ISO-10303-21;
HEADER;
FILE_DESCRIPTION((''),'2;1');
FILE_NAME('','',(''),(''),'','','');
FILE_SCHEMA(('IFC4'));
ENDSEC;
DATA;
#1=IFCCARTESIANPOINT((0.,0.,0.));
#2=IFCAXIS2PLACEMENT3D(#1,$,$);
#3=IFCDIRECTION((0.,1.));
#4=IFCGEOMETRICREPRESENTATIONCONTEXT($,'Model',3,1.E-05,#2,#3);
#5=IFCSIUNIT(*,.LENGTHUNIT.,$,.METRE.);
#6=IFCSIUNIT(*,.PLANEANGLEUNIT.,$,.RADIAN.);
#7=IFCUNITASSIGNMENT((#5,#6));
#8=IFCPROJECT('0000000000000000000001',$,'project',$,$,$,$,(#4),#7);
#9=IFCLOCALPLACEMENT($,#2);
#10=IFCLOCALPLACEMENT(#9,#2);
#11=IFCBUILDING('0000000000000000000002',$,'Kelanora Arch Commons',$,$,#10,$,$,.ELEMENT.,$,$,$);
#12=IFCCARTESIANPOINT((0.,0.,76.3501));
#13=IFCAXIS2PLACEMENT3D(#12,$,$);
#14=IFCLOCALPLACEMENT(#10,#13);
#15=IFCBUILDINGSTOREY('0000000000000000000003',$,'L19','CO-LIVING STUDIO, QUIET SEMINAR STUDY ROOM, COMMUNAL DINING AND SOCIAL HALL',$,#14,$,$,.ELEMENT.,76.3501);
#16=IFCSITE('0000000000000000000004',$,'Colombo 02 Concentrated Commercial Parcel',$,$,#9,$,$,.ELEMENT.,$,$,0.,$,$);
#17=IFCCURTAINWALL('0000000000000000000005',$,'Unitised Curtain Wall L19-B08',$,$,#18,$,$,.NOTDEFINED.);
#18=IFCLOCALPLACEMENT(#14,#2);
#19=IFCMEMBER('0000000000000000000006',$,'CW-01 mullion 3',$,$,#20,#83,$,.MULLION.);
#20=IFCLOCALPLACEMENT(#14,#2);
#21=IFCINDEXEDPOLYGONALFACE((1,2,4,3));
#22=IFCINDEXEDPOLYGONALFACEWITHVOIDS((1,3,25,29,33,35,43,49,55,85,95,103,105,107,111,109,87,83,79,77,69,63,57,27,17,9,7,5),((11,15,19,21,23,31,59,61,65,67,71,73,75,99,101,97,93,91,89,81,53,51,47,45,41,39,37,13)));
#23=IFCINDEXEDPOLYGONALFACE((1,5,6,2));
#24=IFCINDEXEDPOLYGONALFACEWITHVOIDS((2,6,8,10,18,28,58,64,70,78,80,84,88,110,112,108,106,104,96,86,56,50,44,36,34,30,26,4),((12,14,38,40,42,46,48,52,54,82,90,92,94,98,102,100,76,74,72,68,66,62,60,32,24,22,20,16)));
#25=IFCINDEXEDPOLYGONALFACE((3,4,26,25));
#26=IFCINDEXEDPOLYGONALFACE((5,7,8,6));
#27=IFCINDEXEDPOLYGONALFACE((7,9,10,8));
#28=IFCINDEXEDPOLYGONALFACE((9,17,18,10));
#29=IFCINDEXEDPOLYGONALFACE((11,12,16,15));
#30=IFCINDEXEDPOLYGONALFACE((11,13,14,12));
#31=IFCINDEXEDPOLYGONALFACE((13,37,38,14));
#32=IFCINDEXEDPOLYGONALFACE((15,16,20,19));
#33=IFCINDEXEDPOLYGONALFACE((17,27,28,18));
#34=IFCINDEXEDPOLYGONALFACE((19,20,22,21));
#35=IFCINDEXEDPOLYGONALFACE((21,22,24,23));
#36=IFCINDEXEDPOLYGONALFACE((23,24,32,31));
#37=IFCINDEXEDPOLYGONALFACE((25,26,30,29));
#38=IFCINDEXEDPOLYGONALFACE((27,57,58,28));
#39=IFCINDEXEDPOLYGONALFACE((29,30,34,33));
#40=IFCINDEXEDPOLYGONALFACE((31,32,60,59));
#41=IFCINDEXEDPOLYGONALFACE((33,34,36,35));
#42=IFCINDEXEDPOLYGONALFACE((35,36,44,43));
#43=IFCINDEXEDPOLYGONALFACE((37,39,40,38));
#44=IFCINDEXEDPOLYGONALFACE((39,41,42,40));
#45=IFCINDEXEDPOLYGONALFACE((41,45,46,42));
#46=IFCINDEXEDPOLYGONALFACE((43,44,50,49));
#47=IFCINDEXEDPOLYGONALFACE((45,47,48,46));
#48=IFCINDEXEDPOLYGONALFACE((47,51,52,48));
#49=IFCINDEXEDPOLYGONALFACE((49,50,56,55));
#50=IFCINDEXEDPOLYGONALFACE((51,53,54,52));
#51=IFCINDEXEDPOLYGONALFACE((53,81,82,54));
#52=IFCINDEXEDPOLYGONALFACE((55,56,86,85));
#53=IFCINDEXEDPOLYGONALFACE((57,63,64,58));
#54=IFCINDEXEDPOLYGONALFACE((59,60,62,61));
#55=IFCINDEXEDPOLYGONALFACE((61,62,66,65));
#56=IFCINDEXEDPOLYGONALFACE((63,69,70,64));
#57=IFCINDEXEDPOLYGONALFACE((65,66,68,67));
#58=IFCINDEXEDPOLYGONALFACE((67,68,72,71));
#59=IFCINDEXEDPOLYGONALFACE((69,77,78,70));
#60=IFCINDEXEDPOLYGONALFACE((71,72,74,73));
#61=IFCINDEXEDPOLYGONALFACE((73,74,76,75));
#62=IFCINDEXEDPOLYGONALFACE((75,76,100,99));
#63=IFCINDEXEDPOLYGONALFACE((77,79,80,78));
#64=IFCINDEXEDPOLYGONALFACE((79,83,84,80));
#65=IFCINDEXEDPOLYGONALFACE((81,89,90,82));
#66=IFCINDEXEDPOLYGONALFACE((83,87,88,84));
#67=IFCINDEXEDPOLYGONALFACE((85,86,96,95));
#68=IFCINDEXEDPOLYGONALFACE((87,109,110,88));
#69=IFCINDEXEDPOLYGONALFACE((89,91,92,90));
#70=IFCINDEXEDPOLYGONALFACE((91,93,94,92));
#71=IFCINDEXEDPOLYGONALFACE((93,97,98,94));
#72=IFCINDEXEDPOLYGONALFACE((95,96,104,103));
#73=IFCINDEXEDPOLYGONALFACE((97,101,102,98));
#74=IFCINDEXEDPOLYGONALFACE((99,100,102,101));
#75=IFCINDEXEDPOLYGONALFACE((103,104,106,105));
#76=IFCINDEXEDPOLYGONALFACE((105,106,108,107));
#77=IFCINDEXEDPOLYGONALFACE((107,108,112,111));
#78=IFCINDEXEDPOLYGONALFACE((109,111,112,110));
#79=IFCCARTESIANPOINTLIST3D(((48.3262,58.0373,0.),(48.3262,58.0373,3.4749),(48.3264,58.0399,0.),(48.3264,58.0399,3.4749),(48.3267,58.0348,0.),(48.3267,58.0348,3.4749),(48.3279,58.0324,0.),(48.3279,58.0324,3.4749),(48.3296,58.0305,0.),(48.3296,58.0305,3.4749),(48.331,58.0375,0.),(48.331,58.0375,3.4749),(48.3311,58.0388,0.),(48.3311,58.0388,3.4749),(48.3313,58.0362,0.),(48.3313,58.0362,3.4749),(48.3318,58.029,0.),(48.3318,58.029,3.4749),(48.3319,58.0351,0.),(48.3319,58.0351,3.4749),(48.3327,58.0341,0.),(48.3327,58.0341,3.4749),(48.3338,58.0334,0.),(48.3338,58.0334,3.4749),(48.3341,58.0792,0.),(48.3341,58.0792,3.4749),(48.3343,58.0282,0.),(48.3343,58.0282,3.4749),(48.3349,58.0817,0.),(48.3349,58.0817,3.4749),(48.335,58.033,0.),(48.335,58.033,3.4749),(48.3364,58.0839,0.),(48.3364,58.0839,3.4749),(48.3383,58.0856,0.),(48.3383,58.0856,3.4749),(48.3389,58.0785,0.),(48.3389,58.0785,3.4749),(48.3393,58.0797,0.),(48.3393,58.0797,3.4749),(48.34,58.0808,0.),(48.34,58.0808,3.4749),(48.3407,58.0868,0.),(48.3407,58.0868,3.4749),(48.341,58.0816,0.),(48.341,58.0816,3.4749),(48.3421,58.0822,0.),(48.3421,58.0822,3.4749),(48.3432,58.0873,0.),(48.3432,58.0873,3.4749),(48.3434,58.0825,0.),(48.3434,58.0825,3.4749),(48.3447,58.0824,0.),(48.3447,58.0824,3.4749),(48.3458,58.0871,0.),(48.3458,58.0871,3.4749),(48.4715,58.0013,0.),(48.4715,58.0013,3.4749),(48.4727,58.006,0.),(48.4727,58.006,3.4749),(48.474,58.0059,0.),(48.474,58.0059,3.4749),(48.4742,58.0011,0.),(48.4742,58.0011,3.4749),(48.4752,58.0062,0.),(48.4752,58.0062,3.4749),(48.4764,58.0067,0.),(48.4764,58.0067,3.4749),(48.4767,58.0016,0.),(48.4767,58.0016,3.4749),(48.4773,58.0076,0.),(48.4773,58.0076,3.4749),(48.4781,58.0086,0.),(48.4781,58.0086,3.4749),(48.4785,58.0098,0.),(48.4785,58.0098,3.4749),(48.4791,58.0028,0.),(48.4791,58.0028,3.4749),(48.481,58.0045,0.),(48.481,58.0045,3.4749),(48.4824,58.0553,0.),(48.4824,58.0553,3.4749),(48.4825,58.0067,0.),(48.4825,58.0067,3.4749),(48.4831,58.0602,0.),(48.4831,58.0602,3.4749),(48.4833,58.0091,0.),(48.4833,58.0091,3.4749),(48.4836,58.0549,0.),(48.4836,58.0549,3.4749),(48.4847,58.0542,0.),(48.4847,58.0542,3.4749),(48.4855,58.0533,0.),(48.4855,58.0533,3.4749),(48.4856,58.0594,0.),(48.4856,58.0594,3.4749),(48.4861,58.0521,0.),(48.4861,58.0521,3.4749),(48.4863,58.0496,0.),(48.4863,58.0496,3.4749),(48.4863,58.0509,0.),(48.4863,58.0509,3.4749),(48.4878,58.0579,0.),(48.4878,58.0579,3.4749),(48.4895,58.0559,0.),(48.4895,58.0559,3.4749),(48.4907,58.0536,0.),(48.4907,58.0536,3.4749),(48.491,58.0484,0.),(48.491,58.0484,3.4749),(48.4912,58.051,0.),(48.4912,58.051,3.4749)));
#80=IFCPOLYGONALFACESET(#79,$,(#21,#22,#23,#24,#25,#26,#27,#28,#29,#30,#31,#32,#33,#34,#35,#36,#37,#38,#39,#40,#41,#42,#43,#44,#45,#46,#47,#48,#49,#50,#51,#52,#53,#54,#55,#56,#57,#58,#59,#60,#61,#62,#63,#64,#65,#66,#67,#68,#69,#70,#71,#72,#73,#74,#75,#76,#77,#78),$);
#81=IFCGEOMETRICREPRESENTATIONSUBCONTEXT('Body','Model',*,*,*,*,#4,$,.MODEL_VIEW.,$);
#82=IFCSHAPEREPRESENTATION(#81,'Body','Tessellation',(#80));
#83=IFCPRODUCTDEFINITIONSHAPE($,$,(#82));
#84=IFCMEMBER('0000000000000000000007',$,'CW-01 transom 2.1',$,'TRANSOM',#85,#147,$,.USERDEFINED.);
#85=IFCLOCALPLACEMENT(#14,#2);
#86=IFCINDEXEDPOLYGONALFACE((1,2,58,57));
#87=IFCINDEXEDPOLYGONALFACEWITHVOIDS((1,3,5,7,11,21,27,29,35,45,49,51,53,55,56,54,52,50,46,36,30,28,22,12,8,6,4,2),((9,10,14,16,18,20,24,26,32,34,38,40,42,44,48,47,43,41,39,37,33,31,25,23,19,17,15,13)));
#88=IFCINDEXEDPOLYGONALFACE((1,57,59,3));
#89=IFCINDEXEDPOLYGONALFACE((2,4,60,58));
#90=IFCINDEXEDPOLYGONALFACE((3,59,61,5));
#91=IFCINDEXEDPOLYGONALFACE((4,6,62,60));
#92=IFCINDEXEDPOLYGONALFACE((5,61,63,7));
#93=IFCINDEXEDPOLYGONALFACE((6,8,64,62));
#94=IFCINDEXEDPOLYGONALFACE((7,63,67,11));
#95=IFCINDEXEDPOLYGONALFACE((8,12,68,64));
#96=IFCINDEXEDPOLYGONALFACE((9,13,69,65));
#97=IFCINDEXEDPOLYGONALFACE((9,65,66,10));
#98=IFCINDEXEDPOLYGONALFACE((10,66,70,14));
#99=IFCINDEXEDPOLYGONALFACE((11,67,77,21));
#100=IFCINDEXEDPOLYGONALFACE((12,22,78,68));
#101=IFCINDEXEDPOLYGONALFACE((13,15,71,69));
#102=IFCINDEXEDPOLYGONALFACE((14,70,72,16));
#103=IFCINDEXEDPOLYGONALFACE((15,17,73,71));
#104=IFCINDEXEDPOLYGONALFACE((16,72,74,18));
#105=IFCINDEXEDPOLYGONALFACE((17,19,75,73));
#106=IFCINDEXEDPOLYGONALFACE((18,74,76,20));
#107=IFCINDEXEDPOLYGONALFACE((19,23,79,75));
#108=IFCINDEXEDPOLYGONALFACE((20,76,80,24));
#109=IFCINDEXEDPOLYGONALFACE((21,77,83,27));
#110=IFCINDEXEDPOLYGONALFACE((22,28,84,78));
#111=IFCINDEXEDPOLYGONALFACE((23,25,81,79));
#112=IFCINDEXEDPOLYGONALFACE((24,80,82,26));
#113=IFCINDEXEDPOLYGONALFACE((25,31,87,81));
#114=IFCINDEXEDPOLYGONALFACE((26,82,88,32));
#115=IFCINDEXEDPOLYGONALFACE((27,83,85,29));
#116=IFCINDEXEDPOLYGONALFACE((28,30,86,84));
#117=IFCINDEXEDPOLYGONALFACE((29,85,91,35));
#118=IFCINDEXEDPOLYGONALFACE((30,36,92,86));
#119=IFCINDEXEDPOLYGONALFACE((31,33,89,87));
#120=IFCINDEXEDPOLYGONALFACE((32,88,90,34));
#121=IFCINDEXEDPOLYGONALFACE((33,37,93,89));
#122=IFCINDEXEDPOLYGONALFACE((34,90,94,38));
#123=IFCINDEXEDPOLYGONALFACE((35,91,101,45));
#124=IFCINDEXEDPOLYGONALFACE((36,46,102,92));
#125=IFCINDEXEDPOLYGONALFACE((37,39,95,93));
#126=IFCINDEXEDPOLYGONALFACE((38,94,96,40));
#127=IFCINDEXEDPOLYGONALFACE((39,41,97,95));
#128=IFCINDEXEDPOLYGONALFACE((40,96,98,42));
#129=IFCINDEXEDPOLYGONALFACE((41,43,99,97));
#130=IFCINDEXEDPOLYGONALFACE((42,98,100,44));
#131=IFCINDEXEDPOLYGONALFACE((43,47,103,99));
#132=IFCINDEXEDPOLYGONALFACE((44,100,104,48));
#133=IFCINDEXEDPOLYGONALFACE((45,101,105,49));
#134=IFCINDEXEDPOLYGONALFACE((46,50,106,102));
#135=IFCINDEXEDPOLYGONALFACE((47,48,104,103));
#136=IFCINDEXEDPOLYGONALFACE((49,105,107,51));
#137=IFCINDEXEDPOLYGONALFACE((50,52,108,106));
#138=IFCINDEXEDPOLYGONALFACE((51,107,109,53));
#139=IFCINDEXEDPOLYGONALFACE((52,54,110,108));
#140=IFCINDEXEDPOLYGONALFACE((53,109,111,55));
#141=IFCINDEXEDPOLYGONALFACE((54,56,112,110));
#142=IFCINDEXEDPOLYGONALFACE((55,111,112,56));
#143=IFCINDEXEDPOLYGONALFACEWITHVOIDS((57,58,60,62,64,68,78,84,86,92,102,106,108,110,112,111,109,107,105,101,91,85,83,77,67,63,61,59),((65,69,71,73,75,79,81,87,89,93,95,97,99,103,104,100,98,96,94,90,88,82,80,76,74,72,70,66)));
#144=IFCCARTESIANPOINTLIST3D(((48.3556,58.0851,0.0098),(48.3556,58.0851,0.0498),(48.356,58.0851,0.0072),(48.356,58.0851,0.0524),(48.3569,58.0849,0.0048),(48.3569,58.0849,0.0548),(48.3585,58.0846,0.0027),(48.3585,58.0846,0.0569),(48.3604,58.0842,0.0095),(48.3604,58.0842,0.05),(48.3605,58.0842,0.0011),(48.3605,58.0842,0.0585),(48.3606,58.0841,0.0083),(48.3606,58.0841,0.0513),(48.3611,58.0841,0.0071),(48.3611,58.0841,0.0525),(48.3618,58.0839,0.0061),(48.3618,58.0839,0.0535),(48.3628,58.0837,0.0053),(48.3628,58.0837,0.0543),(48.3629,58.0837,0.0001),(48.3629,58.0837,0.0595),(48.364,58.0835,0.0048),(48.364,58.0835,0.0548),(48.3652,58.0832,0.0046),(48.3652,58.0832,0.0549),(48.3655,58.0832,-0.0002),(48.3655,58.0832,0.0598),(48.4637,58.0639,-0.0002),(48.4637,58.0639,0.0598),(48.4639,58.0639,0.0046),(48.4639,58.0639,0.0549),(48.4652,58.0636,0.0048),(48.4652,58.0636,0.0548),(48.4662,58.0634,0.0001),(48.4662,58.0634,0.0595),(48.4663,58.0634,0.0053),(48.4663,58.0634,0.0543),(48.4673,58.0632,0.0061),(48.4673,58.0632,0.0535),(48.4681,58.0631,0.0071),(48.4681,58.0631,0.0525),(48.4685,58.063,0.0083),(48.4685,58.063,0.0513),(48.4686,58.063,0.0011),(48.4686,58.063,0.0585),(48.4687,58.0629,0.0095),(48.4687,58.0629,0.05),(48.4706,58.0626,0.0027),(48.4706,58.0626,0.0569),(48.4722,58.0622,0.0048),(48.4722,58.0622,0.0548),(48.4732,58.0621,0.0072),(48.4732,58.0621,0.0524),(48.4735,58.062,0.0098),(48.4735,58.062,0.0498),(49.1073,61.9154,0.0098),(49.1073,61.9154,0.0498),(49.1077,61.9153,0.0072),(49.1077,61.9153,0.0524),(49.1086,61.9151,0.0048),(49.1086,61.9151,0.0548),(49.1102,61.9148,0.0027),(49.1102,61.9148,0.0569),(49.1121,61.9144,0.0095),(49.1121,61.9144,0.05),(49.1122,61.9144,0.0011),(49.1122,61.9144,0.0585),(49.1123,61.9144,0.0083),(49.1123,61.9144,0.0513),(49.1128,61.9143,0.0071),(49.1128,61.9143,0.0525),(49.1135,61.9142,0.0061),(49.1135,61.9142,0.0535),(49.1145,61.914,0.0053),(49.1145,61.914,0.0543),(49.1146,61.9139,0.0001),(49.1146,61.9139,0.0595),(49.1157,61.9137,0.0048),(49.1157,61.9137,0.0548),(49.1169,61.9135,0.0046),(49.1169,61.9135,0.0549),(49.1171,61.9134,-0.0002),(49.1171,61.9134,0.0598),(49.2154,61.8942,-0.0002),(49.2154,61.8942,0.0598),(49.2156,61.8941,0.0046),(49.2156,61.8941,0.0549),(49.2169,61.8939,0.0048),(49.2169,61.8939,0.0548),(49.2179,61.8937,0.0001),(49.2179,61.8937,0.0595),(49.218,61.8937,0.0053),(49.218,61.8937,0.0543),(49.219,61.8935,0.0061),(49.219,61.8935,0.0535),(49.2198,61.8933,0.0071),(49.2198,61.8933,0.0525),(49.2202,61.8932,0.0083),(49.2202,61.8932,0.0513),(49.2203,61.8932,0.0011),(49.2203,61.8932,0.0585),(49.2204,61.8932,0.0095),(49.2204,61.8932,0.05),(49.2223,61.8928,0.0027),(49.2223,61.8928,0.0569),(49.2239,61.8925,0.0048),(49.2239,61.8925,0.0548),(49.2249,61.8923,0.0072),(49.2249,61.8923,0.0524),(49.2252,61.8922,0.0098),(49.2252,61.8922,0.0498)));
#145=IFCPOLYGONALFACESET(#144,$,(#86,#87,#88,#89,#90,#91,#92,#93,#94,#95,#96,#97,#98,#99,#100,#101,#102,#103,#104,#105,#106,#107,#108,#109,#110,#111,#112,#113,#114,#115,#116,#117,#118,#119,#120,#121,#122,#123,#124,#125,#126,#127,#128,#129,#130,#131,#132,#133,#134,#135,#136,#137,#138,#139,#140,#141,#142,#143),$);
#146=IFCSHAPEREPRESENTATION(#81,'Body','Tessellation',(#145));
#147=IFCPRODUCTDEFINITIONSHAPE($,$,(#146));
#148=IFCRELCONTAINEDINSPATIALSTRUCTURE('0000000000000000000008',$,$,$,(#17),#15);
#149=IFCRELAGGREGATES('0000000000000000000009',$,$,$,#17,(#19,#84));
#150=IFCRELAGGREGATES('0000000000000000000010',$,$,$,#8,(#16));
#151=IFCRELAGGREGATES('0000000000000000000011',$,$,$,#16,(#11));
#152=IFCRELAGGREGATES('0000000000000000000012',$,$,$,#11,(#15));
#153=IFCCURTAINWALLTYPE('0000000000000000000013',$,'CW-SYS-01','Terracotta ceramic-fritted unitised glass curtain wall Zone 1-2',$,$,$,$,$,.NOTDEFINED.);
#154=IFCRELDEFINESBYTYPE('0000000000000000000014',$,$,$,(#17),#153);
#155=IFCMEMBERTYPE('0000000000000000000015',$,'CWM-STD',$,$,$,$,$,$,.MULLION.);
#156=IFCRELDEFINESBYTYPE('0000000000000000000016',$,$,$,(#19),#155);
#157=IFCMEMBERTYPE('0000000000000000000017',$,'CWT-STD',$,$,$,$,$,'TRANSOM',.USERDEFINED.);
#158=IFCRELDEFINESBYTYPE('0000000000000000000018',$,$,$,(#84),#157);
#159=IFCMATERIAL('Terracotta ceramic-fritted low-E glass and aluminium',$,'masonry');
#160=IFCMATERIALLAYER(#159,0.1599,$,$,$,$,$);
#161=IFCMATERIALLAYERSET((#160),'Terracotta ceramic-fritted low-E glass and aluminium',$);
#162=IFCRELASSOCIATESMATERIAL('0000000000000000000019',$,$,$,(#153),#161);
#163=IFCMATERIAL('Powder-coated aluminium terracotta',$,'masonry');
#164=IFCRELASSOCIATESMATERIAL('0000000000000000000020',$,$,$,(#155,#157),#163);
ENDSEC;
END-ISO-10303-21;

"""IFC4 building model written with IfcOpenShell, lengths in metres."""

from ifc_helpers import new_model, si_unit, direction, frame, origin, origin_2d, place, context, subcontext, project, spatial, hollow_rectangle, extrude, material, layer, layer_set, material_profile, profile_set, type_object, element, aggregate, save


model = new_model("IFC4")

# Units and contexts
model_context = context("Model", 3, precision=1e-05, world=origin(), true_north=direction((0.0, 1.0)))
body_context = subcontext(model_context, "Body", "Model", "MODEL_VIEW")
ifc_project = project(units=[si_unit("LENGTHUNIT", "METRE"), si_unit("PLANEANGLEUNIT", "RADIAN")], contexts=[model_context])

# Site, building, storey
site_placement = place(None, origin())
site = spatial("IfcSite", under=ifc_project, at=site_placement, Name="Colombo 02 Concentrated Commercial Parcel", CompositionType="ELEMENT", RefElevation=0.0)
building_placement = place(site_placement, origin())
building = spatial("IfcBuilding", under=site, at=building_placement, Name="Kelanora Arch Commons", CompositionType="ELEMENT")
storey_placement = place(building_placement, frame((0.0, 0.0, 76.3501)))
storey = spatial("IfcBuildingStorey", under=building, at=storey_placement, Name="L19", Description="CO-LIVING STUDIO, QUIET SEMINAR STUDY ROOM, COMMUNAL DINING AND SOCIAL HALL", CompositionType="ELEMENT", Elevation=76.3501)

# Curtain wall, members
ifc_material_1 = material(Name="Terracotta ceramic-fritted low-E glass and aluminium", Category="masonry")
ifc_layer_1 = layer(ifc_material_1, 0.1599)
ifc_layer_set_1 = layer_set([ifc_layer_1], Name="Terracotta ceramic-fritted low-E glass and aluminium")
curtain_wall_type = type_object("IfcCurtainWallType", Name="CW-SYS-01", Description="Terracotta ceramic-fritted unitised glass curtain wall Zone 1-2", PredefinedType="NOTDEFINED", material=ifc_layer_set_1)
curtain_wall_placement = place(storey_placement, origin())
curtain_wall = element("IfcCurtainWall", 1, at=curtain_wall_placement, inside=storey, type_object=curtain_wall_type, Name="Unitised Curtain Wall L19-B08", PredefinedType="NOTDEFINED")
ifc_material_2 = material(Name="Powder-coated aluminium terracotta", Category="masonry")
ifc_material_profile_1 = material_profile(ifc_material_2, hollow_rectangle(XDim=0.1599, YDim=0.0601, WallThickness=0.0049, InnerFilletRadius=0.0049, OuterFilletRadius=0.01, at=origin_2d()), Name="CWM160x60")
ifc_profile_set_1 = profile_set([ifc_material_profile_1], Name="Powder-coated aluminium terracotta")
member_type_1 = type_object("IfcMemberType", Name="CWM-STD", PredefinedType="MULLION", material=ifc_profile_set_1)
member_1_placement = place(storey_placement, frame((48.4087, 58.0442, 0.0), z_axis=(0.0, 0.0, 1.0), x_axis=(0.98128, -0.192585, 0.0)))
member_1 = element("IfcMember", 2, at=member_1_placement, type_object=member_type_1, Name="CW-01 mullion 3", PredefinedType="MULLION", context=body_context, shape_type="SweptSolid", body=[
    extrude(hollow_rectangle(XDim=0.1599, YDim=0.0601, WallThickness=0.0049, InnerFilletRadius=0.0049, OuterFilletRadius=0.01, at=origin_2d()), origin(), (0.0, 0.0, 1.0), 3.4749),
])
ifc_material_profile_2 = material_profile(ifc_material_2, hollow_rectangle(XDim=0.1201, YDim=0.0601, WallThickness=0.0049, InnerFilletRadius=0.0049, OuterFilletRadius=0.01, at=origin_2d()), Name="CWT120x60")
ifc_profile_set_2 = profile_set([ifc_material_profile_2], Name="Powder-coated aluminium terracotta")
member_type_2 = type_object("IfcMemberType", Name="CWT-STD", ElementType="TRANSOM", PredefinedType="USERDEFINED", material=ifc_profile_set_2)
member_2_placement = place(storey_placement, frame((49.1663, 61.9038, 0.0298), z_axis=(-0.192579, -0.981282, 0.0), x_axis=(0.981282, -0.192579, 0.0)))
member_2 = element("IfcMember", 3, at=member_2_placement, type_object=member_type_2, Name="CW-01 transom 2.1", ObjectType="TRANSOM", PredefinedType="USERDEFINED", context=body_context, shape_type="SweptSolid", body=[
    extrude(hollow_rectangle(XDim=0.1201, YDim=0.0601, WallThickness=0.0049, InnerFilletRadius=0.0049, OuterFilletRadius=0.01, at=origin_2d()), origin(), (0.0, 0.0, 1.0), 3.9033),
])
aggregate(curtain_wall, [member_1, member_2])

save(model, "model.ifc")
